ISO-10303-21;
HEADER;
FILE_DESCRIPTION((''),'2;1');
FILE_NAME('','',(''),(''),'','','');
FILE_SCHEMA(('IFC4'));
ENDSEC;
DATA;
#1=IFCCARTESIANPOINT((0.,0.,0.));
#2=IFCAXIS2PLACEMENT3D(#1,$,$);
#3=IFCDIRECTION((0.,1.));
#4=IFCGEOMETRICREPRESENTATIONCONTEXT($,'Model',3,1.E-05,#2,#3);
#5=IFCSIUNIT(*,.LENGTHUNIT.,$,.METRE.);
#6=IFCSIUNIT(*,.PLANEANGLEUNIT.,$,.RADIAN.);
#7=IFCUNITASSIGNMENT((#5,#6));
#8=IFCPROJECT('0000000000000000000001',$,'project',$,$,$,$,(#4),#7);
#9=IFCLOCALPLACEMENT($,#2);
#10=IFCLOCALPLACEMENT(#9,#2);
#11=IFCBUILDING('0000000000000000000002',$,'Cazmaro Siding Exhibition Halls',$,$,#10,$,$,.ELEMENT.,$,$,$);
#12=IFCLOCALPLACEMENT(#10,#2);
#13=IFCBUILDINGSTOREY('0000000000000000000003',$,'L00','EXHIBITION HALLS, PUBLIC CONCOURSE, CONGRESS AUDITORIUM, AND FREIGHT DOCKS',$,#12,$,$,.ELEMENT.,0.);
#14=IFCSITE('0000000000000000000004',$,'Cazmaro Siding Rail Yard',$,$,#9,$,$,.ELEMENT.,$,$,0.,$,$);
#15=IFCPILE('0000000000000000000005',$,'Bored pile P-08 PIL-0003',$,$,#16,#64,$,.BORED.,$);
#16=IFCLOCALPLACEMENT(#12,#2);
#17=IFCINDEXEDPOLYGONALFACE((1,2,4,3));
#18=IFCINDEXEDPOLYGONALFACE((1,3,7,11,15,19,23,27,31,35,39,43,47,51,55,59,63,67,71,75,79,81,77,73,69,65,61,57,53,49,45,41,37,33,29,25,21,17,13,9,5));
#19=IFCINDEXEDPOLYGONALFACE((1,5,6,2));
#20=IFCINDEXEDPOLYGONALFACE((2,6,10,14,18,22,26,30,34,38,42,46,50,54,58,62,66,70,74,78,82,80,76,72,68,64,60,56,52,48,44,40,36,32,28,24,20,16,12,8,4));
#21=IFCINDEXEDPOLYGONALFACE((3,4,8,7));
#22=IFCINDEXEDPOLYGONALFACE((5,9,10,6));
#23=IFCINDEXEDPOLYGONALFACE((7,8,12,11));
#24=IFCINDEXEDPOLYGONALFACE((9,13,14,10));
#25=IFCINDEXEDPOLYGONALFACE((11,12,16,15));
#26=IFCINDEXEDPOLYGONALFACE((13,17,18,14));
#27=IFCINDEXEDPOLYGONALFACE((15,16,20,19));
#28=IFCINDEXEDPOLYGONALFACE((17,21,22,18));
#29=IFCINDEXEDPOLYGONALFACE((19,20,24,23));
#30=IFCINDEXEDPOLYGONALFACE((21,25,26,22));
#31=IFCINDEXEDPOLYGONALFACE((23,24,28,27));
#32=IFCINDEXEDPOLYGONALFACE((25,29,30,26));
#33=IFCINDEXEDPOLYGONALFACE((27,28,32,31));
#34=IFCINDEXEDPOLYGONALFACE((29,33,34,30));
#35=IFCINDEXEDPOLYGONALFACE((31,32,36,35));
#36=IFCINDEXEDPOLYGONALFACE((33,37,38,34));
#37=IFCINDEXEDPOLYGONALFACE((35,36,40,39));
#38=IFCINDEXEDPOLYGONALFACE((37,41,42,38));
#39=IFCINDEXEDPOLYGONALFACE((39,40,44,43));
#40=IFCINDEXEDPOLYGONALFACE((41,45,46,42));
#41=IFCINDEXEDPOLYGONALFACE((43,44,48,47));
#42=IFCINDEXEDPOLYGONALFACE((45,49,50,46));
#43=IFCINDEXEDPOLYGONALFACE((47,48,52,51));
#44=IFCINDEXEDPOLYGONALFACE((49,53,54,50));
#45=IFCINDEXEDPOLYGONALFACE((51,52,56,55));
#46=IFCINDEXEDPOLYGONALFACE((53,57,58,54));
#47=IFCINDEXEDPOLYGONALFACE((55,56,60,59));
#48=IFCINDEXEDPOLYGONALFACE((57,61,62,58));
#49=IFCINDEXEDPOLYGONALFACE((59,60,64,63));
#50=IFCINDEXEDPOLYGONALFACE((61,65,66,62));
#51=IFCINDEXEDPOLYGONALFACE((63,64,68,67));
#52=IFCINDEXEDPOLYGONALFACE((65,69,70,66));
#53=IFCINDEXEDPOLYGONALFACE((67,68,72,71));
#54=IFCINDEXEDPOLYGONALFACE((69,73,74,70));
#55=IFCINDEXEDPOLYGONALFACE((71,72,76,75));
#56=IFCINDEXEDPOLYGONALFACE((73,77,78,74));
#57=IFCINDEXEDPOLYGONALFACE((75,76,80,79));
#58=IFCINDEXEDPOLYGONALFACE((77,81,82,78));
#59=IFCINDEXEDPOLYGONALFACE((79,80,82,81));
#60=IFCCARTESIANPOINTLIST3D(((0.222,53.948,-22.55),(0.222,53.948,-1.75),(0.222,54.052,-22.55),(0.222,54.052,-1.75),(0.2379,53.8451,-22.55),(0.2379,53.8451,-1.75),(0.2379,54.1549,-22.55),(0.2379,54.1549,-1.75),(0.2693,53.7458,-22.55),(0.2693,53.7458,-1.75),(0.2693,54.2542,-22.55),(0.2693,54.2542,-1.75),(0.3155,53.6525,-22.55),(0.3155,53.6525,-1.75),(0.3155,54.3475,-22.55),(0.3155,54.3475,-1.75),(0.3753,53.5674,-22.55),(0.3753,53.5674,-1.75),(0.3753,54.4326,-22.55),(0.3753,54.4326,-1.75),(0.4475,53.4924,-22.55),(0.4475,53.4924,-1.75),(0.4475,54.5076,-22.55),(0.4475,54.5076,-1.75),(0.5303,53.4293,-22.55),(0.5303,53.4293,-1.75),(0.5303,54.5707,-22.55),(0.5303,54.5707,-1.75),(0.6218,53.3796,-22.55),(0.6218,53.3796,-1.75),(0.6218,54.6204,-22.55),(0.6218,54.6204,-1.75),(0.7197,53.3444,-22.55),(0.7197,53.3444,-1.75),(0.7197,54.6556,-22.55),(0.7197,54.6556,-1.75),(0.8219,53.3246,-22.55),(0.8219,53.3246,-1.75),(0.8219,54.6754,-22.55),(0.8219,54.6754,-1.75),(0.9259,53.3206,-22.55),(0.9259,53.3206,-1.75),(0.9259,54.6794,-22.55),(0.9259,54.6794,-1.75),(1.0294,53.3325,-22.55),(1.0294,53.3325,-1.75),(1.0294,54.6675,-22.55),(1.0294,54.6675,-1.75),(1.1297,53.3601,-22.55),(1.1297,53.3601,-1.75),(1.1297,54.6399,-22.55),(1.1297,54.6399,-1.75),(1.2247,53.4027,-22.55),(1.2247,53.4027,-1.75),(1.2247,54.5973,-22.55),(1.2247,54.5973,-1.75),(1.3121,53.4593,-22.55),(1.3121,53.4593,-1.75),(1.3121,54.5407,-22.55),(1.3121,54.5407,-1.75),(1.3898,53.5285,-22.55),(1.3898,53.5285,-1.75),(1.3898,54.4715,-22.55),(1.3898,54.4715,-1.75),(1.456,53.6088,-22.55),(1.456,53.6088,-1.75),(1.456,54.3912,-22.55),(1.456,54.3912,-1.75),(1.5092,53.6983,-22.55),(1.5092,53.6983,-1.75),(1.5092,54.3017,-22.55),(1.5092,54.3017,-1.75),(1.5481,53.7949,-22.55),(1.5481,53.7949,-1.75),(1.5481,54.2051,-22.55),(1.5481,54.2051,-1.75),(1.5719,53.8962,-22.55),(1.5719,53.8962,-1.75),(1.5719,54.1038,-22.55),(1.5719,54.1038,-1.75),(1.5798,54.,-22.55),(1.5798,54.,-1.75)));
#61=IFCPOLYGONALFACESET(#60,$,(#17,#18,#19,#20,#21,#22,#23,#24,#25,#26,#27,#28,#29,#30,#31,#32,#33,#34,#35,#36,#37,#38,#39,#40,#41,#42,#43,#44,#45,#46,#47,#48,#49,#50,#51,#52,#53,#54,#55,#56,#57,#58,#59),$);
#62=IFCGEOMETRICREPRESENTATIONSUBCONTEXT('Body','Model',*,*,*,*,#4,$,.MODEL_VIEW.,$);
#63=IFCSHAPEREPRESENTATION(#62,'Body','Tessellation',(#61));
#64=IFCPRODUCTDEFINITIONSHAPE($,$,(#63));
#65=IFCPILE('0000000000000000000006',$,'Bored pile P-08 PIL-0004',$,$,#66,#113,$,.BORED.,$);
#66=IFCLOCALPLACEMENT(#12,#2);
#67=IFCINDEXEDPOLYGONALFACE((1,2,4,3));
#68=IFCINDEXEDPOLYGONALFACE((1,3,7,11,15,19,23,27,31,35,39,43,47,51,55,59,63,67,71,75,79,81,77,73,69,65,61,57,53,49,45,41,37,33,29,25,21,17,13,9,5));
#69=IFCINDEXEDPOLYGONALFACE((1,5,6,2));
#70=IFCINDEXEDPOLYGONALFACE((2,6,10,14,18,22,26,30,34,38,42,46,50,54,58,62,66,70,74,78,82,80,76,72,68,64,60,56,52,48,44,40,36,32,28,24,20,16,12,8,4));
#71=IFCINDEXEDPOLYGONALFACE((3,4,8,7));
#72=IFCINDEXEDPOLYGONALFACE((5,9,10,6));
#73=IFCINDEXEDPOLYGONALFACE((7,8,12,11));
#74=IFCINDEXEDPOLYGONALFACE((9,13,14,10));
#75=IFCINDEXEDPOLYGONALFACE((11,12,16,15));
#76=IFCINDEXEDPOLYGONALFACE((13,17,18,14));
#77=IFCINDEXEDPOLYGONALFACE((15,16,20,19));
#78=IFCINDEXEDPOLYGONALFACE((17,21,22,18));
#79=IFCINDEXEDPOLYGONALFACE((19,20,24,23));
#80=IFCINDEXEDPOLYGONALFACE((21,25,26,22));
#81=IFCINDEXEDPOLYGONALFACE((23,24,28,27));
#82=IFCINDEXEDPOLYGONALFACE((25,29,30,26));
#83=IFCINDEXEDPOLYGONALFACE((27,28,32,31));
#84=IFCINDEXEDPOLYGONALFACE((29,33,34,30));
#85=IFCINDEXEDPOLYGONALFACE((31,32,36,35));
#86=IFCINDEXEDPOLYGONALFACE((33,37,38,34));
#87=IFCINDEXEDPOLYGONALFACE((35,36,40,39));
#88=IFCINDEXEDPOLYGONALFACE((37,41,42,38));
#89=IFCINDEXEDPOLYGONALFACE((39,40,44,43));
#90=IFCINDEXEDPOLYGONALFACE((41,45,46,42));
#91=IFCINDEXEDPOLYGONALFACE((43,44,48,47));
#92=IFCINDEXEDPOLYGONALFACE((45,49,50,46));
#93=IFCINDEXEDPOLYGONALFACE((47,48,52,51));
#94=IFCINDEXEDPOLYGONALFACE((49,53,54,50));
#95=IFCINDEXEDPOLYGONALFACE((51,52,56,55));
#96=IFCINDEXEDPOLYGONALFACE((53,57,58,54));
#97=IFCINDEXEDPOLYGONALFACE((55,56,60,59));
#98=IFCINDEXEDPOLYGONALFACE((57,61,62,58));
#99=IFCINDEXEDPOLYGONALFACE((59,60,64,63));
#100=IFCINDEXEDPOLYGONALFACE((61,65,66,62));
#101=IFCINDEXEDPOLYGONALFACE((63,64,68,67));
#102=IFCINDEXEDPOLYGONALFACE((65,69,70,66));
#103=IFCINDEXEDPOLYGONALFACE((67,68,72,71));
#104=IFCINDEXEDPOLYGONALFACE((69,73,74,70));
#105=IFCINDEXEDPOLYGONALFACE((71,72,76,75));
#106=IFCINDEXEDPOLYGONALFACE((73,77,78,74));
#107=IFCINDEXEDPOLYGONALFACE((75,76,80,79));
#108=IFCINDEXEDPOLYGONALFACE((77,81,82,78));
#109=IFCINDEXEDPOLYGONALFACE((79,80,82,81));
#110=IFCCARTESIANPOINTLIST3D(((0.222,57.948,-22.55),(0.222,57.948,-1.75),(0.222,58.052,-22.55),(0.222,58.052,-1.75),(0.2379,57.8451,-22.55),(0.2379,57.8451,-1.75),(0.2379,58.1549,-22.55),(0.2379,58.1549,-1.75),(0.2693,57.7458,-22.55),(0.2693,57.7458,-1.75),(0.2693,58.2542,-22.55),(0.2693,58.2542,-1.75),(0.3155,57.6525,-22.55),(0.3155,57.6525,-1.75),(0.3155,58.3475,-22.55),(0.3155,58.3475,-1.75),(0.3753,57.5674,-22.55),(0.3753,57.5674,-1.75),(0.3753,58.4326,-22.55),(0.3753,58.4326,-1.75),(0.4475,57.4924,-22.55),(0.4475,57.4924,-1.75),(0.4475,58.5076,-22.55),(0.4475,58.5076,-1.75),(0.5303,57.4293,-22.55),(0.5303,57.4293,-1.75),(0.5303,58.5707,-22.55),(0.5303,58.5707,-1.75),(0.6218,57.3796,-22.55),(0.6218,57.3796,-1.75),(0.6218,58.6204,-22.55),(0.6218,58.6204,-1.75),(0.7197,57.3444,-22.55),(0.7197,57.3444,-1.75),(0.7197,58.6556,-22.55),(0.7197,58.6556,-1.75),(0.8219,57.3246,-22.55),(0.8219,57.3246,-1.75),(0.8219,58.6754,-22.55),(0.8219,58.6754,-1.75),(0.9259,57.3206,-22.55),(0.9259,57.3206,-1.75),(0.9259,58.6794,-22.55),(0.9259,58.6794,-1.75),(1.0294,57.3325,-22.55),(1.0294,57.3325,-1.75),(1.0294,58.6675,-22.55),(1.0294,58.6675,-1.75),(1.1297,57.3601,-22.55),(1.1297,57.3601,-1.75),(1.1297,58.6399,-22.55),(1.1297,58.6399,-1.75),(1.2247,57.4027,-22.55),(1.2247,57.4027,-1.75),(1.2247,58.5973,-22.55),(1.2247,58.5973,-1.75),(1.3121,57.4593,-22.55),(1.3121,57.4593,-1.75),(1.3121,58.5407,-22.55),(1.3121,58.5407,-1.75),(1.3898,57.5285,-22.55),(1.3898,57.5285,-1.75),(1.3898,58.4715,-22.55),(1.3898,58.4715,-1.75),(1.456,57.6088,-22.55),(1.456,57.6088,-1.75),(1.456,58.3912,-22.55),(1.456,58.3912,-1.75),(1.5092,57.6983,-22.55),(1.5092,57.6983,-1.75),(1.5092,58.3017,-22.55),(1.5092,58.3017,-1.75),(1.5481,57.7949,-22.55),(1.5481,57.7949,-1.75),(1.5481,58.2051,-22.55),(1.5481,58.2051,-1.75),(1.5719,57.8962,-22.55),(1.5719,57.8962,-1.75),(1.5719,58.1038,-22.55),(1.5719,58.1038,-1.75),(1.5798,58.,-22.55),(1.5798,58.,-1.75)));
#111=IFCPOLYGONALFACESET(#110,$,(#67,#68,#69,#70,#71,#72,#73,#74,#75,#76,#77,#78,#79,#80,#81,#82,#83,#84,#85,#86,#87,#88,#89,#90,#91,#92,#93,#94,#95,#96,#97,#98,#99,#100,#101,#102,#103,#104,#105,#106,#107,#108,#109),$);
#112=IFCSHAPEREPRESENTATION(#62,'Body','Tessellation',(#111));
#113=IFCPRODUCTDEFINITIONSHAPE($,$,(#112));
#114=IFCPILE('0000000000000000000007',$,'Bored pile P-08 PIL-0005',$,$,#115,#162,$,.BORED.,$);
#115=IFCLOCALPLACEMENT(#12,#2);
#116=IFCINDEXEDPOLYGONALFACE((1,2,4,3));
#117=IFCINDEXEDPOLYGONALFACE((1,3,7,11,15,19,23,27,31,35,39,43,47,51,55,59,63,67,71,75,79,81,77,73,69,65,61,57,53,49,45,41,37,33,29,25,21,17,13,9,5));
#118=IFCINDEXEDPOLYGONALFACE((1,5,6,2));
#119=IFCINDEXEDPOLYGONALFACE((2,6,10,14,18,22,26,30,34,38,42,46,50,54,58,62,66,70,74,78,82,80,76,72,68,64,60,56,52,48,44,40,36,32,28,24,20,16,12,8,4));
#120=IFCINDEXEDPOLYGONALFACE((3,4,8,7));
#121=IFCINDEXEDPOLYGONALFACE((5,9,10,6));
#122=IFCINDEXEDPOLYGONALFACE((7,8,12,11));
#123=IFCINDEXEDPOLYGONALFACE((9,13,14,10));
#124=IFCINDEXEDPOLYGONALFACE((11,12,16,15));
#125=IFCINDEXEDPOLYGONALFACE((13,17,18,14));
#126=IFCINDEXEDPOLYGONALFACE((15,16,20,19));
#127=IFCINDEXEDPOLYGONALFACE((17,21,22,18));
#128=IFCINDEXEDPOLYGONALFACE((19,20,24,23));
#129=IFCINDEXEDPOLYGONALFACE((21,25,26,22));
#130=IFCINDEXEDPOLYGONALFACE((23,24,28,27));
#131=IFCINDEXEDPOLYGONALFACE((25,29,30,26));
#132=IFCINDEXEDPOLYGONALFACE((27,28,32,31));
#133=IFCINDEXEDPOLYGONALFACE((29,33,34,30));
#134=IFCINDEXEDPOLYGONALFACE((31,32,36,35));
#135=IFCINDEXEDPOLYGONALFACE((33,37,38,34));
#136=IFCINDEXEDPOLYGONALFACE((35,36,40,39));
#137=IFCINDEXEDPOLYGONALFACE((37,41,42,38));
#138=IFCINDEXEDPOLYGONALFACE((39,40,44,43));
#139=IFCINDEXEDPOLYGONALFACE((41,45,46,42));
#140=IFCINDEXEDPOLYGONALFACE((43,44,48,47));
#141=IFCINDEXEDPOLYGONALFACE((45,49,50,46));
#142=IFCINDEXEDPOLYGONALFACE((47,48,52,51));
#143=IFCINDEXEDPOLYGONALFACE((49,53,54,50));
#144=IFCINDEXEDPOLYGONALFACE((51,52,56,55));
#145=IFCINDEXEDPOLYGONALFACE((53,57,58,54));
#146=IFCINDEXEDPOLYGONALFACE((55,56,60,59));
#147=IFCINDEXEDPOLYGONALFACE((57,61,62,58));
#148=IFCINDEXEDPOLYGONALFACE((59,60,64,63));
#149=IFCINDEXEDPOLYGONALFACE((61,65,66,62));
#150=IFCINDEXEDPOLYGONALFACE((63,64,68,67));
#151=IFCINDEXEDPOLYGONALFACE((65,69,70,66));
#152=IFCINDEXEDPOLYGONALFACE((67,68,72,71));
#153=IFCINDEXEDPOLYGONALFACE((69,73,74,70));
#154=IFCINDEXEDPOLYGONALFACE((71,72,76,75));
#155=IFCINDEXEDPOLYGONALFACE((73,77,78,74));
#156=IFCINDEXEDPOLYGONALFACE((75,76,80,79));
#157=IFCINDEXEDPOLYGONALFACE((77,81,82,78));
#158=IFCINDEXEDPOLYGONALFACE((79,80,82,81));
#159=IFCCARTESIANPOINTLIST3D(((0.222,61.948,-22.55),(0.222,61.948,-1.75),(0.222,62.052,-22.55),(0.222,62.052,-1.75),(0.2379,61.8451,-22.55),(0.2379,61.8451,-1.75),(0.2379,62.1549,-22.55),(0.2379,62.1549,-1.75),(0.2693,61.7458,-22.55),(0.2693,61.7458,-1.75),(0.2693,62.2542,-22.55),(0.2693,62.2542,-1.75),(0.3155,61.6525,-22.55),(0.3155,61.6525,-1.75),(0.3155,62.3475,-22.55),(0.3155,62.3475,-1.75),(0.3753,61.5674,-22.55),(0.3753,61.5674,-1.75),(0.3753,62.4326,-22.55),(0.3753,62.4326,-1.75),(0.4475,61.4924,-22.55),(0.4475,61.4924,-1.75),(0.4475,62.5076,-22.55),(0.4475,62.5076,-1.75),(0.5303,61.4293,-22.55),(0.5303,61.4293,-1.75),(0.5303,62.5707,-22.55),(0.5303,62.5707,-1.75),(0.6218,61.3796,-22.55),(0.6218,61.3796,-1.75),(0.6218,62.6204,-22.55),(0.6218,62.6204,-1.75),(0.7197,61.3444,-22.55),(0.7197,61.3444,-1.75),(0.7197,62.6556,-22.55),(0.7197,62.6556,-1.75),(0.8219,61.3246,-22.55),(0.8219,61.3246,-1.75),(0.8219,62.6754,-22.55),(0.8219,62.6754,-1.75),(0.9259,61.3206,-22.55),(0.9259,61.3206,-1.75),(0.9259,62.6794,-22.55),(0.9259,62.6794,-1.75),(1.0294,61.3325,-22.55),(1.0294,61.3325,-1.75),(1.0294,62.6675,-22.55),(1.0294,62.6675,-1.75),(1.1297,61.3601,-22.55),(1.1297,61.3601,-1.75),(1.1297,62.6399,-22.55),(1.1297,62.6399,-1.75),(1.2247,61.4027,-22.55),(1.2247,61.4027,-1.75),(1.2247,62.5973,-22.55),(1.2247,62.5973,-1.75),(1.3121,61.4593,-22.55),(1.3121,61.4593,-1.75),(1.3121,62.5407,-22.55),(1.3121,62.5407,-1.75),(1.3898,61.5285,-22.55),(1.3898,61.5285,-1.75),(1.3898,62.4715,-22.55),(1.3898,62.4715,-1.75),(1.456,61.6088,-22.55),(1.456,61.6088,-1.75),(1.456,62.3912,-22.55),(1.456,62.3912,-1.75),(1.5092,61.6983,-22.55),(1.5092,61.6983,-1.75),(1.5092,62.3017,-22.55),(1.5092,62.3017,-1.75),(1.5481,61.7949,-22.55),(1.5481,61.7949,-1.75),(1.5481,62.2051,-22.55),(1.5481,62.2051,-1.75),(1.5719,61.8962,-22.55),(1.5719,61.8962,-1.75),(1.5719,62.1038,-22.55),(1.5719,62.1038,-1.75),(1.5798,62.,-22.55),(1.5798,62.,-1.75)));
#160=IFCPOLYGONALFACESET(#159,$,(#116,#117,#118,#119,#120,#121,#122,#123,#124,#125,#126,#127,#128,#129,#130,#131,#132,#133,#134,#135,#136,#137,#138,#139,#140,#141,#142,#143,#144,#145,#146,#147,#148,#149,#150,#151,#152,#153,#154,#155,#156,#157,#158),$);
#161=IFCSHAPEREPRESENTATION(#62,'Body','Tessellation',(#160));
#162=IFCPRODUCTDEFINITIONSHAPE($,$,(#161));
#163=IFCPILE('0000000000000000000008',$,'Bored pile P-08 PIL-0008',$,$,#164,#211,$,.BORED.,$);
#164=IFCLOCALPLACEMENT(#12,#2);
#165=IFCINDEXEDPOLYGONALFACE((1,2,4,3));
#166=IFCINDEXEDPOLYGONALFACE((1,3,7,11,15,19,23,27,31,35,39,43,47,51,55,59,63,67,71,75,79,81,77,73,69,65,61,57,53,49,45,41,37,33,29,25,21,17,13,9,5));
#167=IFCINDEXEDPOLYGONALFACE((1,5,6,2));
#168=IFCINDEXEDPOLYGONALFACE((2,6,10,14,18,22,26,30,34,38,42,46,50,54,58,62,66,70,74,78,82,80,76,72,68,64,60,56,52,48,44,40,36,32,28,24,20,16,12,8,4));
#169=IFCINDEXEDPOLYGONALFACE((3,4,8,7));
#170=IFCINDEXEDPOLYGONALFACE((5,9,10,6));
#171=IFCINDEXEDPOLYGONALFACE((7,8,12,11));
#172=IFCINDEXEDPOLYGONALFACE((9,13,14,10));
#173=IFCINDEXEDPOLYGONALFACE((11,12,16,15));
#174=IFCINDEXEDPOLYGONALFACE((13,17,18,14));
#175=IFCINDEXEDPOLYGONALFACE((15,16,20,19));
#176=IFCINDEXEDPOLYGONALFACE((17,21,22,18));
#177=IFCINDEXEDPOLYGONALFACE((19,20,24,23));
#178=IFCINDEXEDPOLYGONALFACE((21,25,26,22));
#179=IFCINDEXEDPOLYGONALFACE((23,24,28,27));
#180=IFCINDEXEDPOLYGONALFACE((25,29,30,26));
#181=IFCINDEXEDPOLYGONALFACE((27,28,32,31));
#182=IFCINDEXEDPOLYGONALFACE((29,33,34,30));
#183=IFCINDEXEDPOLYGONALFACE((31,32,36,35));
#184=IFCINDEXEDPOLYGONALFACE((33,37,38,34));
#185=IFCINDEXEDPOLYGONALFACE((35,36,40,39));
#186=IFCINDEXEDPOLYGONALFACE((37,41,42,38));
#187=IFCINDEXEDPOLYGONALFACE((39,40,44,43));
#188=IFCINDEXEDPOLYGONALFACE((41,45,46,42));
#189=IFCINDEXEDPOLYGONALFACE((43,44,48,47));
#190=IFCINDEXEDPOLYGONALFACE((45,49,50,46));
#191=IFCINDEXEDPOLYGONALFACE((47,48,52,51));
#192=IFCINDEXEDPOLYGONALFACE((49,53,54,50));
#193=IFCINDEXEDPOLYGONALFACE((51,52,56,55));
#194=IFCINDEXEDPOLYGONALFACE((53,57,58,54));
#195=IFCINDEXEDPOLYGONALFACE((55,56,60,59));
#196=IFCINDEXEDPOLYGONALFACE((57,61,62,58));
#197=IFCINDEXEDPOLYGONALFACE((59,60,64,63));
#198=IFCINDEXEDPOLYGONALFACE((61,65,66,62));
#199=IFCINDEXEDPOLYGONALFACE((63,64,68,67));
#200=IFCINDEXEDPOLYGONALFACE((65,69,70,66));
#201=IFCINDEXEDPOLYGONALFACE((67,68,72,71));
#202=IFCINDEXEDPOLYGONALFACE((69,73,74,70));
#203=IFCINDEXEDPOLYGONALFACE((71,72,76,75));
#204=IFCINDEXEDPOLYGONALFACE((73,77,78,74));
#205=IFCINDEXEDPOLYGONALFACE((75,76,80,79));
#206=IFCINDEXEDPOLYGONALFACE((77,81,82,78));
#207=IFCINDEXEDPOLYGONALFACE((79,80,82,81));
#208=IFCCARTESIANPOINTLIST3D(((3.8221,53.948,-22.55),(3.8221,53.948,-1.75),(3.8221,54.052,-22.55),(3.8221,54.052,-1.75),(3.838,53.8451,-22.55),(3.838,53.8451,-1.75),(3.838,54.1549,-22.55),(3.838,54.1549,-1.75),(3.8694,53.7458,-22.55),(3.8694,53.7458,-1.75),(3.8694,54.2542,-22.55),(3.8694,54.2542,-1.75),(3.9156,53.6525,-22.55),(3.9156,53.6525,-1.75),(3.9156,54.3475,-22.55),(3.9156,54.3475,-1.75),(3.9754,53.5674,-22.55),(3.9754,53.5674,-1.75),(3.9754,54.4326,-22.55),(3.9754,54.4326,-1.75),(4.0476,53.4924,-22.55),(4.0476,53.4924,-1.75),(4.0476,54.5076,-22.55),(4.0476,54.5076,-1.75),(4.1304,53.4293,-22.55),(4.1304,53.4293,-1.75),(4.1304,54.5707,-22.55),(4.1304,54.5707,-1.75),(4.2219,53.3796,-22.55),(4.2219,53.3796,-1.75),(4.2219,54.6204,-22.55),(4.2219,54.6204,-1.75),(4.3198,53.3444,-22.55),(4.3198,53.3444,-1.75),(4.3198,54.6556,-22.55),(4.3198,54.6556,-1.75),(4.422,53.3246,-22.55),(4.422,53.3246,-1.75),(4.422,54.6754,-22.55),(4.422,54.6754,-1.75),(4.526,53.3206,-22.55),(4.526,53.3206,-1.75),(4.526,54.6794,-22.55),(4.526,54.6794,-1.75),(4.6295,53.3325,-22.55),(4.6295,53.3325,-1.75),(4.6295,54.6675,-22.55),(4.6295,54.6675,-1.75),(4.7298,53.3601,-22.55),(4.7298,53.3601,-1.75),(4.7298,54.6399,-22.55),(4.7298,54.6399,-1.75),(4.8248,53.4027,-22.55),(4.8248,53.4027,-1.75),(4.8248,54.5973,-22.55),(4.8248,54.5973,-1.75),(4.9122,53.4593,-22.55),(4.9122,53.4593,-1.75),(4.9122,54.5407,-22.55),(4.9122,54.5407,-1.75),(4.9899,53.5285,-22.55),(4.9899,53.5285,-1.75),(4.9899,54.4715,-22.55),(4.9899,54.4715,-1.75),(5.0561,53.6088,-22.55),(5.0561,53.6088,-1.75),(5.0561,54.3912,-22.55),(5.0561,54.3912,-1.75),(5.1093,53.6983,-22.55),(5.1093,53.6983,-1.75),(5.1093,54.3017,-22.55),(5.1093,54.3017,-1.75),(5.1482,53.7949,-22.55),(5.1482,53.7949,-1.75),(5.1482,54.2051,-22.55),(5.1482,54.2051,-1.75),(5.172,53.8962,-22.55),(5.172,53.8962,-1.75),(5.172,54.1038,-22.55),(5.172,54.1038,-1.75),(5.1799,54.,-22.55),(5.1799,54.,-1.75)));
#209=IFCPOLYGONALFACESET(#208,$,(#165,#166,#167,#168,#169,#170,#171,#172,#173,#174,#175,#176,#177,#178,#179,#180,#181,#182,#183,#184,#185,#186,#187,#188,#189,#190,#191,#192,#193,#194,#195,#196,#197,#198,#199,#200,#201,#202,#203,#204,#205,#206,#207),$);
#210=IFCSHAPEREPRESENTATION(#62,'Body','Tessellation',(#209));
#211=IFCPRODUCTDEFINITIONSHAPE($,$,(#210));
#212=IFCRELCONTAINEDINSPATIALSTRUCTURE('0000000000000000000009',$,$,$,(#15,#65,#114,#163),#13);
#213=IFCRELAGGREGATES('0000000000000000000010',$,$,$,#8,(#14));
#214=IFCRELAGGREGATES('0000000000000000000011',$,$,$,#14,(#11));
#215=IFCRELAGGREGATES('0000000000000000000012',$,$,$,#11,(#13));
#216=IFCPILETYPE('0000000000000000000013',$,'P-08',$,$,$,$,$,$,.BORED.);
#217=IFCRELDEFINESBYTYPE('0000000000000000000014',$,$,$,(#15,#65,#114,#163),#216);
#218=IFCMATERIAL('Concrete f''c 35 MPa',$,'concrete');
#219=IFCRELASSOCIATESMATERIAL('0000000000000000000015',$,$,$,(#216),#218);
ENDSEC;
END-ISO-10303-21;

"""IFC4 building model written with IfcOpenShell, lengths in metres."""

from ifc_helpers import new_model, si_unit, direction, frame, origin, origin_2d, place, context, subcontext, project, spatial, circle, extrude, material, material_profile, profile_set, type_object, element, save


model = new_model("IFC4")

# Units and contexts
model_context = context("Model", 3, precision=1e-05, world=origin(), true_north=direction((0.0, 1.0)))
body_context = subcontext(model_context, "Body", "Model", "MODEL_VIEW")
ifc_project = project(units=[si_unit("LENGTHUNIT", "METRE"), si_unit("PLANEANGLEUNIT", "RADIAN")], contexts=[model_context])

# Site, building, storey
site_placement = place(None, origin())
site = spatial("IfcSite", under=ifc_project, at=site_placement, Name="Cazmaro Siding Rail Yard", CompositionType="ELEMENT", RefElevation=0.0)
building_placement = place(site_placement, origin())
building = spatial("IfcBuilding", under=site, at=building_placement, Name="Cazmaro Siding Exhibition Halls", CompositionType="ELEMENT")
storey_placement = place(building_placement, origin())
storey = spatial("IfcBuildingStorey", under=building, at=storey_placement, Name="L00", Description="EXHIBITION HALLS, PUBLIC CONCOURSE, CONGRESS AUDITORIUM, AND FREIGHT DOCKS", CompositionType="ELEMENT", Elevation=0.0)

# Piles
ifc_material_1 = material(Name="Concrete f'c 35 MPa", Category="concrete")
ifc_material_profile_1 = material_profile(ifc_material_1, circle(Radius=0.6799, at=origin_2d()), Name="CIDH-1360")
ifc_profile_set_1 = profile_set([ifc_material_profile_1], Name="Concrete f'c 35 MPa")
pile_type = type_object("IfcPileType", Name="P-08", PredefinedType="BORED", material=ifc_profile_set_1)
for number, where, z_axis, x_axis, name in (
    (1, (0.8999, 54.0, -1.75), (0.0, 0.0, -1.0), (1.0, 0.0, 0.0), "Bored pile P-08 PIL-0003"),
    (2, (0.8999, 58.0, -1.75), (0.0, 0.0, -1.0), (1.0, 0.0, 0.0), "Bored pile P-08 PIL-0004"),
    (3, (0.8999, 62.0, -1.75), (0.0, 0.0, -1.0), (1.0, 0.0, 0.0), "Bored pile P-08 PIL-0005"),
    (4, (4.5, 54.0, -1.75), (0.0, 0.0, -1.0), (1.0, 0.0, 0.0), "Bored pile P-08 PIL-0008"),
):
    element("IfcPile", number, at=place(storey_placement, frame(where, z_axis=z_axis, x_axis=x_axis)), inside=storey, type_object=pile_type, Name=name, PredefinedType="BORED", context=body_context, shape_type="SweptSolid", body=[
        extrude(circle(Radius=0.6799, at=origin_2d()), origin(), (0.0, 0.0, 1.0), 20.8),
    ])

save(model, "model.ifc")
